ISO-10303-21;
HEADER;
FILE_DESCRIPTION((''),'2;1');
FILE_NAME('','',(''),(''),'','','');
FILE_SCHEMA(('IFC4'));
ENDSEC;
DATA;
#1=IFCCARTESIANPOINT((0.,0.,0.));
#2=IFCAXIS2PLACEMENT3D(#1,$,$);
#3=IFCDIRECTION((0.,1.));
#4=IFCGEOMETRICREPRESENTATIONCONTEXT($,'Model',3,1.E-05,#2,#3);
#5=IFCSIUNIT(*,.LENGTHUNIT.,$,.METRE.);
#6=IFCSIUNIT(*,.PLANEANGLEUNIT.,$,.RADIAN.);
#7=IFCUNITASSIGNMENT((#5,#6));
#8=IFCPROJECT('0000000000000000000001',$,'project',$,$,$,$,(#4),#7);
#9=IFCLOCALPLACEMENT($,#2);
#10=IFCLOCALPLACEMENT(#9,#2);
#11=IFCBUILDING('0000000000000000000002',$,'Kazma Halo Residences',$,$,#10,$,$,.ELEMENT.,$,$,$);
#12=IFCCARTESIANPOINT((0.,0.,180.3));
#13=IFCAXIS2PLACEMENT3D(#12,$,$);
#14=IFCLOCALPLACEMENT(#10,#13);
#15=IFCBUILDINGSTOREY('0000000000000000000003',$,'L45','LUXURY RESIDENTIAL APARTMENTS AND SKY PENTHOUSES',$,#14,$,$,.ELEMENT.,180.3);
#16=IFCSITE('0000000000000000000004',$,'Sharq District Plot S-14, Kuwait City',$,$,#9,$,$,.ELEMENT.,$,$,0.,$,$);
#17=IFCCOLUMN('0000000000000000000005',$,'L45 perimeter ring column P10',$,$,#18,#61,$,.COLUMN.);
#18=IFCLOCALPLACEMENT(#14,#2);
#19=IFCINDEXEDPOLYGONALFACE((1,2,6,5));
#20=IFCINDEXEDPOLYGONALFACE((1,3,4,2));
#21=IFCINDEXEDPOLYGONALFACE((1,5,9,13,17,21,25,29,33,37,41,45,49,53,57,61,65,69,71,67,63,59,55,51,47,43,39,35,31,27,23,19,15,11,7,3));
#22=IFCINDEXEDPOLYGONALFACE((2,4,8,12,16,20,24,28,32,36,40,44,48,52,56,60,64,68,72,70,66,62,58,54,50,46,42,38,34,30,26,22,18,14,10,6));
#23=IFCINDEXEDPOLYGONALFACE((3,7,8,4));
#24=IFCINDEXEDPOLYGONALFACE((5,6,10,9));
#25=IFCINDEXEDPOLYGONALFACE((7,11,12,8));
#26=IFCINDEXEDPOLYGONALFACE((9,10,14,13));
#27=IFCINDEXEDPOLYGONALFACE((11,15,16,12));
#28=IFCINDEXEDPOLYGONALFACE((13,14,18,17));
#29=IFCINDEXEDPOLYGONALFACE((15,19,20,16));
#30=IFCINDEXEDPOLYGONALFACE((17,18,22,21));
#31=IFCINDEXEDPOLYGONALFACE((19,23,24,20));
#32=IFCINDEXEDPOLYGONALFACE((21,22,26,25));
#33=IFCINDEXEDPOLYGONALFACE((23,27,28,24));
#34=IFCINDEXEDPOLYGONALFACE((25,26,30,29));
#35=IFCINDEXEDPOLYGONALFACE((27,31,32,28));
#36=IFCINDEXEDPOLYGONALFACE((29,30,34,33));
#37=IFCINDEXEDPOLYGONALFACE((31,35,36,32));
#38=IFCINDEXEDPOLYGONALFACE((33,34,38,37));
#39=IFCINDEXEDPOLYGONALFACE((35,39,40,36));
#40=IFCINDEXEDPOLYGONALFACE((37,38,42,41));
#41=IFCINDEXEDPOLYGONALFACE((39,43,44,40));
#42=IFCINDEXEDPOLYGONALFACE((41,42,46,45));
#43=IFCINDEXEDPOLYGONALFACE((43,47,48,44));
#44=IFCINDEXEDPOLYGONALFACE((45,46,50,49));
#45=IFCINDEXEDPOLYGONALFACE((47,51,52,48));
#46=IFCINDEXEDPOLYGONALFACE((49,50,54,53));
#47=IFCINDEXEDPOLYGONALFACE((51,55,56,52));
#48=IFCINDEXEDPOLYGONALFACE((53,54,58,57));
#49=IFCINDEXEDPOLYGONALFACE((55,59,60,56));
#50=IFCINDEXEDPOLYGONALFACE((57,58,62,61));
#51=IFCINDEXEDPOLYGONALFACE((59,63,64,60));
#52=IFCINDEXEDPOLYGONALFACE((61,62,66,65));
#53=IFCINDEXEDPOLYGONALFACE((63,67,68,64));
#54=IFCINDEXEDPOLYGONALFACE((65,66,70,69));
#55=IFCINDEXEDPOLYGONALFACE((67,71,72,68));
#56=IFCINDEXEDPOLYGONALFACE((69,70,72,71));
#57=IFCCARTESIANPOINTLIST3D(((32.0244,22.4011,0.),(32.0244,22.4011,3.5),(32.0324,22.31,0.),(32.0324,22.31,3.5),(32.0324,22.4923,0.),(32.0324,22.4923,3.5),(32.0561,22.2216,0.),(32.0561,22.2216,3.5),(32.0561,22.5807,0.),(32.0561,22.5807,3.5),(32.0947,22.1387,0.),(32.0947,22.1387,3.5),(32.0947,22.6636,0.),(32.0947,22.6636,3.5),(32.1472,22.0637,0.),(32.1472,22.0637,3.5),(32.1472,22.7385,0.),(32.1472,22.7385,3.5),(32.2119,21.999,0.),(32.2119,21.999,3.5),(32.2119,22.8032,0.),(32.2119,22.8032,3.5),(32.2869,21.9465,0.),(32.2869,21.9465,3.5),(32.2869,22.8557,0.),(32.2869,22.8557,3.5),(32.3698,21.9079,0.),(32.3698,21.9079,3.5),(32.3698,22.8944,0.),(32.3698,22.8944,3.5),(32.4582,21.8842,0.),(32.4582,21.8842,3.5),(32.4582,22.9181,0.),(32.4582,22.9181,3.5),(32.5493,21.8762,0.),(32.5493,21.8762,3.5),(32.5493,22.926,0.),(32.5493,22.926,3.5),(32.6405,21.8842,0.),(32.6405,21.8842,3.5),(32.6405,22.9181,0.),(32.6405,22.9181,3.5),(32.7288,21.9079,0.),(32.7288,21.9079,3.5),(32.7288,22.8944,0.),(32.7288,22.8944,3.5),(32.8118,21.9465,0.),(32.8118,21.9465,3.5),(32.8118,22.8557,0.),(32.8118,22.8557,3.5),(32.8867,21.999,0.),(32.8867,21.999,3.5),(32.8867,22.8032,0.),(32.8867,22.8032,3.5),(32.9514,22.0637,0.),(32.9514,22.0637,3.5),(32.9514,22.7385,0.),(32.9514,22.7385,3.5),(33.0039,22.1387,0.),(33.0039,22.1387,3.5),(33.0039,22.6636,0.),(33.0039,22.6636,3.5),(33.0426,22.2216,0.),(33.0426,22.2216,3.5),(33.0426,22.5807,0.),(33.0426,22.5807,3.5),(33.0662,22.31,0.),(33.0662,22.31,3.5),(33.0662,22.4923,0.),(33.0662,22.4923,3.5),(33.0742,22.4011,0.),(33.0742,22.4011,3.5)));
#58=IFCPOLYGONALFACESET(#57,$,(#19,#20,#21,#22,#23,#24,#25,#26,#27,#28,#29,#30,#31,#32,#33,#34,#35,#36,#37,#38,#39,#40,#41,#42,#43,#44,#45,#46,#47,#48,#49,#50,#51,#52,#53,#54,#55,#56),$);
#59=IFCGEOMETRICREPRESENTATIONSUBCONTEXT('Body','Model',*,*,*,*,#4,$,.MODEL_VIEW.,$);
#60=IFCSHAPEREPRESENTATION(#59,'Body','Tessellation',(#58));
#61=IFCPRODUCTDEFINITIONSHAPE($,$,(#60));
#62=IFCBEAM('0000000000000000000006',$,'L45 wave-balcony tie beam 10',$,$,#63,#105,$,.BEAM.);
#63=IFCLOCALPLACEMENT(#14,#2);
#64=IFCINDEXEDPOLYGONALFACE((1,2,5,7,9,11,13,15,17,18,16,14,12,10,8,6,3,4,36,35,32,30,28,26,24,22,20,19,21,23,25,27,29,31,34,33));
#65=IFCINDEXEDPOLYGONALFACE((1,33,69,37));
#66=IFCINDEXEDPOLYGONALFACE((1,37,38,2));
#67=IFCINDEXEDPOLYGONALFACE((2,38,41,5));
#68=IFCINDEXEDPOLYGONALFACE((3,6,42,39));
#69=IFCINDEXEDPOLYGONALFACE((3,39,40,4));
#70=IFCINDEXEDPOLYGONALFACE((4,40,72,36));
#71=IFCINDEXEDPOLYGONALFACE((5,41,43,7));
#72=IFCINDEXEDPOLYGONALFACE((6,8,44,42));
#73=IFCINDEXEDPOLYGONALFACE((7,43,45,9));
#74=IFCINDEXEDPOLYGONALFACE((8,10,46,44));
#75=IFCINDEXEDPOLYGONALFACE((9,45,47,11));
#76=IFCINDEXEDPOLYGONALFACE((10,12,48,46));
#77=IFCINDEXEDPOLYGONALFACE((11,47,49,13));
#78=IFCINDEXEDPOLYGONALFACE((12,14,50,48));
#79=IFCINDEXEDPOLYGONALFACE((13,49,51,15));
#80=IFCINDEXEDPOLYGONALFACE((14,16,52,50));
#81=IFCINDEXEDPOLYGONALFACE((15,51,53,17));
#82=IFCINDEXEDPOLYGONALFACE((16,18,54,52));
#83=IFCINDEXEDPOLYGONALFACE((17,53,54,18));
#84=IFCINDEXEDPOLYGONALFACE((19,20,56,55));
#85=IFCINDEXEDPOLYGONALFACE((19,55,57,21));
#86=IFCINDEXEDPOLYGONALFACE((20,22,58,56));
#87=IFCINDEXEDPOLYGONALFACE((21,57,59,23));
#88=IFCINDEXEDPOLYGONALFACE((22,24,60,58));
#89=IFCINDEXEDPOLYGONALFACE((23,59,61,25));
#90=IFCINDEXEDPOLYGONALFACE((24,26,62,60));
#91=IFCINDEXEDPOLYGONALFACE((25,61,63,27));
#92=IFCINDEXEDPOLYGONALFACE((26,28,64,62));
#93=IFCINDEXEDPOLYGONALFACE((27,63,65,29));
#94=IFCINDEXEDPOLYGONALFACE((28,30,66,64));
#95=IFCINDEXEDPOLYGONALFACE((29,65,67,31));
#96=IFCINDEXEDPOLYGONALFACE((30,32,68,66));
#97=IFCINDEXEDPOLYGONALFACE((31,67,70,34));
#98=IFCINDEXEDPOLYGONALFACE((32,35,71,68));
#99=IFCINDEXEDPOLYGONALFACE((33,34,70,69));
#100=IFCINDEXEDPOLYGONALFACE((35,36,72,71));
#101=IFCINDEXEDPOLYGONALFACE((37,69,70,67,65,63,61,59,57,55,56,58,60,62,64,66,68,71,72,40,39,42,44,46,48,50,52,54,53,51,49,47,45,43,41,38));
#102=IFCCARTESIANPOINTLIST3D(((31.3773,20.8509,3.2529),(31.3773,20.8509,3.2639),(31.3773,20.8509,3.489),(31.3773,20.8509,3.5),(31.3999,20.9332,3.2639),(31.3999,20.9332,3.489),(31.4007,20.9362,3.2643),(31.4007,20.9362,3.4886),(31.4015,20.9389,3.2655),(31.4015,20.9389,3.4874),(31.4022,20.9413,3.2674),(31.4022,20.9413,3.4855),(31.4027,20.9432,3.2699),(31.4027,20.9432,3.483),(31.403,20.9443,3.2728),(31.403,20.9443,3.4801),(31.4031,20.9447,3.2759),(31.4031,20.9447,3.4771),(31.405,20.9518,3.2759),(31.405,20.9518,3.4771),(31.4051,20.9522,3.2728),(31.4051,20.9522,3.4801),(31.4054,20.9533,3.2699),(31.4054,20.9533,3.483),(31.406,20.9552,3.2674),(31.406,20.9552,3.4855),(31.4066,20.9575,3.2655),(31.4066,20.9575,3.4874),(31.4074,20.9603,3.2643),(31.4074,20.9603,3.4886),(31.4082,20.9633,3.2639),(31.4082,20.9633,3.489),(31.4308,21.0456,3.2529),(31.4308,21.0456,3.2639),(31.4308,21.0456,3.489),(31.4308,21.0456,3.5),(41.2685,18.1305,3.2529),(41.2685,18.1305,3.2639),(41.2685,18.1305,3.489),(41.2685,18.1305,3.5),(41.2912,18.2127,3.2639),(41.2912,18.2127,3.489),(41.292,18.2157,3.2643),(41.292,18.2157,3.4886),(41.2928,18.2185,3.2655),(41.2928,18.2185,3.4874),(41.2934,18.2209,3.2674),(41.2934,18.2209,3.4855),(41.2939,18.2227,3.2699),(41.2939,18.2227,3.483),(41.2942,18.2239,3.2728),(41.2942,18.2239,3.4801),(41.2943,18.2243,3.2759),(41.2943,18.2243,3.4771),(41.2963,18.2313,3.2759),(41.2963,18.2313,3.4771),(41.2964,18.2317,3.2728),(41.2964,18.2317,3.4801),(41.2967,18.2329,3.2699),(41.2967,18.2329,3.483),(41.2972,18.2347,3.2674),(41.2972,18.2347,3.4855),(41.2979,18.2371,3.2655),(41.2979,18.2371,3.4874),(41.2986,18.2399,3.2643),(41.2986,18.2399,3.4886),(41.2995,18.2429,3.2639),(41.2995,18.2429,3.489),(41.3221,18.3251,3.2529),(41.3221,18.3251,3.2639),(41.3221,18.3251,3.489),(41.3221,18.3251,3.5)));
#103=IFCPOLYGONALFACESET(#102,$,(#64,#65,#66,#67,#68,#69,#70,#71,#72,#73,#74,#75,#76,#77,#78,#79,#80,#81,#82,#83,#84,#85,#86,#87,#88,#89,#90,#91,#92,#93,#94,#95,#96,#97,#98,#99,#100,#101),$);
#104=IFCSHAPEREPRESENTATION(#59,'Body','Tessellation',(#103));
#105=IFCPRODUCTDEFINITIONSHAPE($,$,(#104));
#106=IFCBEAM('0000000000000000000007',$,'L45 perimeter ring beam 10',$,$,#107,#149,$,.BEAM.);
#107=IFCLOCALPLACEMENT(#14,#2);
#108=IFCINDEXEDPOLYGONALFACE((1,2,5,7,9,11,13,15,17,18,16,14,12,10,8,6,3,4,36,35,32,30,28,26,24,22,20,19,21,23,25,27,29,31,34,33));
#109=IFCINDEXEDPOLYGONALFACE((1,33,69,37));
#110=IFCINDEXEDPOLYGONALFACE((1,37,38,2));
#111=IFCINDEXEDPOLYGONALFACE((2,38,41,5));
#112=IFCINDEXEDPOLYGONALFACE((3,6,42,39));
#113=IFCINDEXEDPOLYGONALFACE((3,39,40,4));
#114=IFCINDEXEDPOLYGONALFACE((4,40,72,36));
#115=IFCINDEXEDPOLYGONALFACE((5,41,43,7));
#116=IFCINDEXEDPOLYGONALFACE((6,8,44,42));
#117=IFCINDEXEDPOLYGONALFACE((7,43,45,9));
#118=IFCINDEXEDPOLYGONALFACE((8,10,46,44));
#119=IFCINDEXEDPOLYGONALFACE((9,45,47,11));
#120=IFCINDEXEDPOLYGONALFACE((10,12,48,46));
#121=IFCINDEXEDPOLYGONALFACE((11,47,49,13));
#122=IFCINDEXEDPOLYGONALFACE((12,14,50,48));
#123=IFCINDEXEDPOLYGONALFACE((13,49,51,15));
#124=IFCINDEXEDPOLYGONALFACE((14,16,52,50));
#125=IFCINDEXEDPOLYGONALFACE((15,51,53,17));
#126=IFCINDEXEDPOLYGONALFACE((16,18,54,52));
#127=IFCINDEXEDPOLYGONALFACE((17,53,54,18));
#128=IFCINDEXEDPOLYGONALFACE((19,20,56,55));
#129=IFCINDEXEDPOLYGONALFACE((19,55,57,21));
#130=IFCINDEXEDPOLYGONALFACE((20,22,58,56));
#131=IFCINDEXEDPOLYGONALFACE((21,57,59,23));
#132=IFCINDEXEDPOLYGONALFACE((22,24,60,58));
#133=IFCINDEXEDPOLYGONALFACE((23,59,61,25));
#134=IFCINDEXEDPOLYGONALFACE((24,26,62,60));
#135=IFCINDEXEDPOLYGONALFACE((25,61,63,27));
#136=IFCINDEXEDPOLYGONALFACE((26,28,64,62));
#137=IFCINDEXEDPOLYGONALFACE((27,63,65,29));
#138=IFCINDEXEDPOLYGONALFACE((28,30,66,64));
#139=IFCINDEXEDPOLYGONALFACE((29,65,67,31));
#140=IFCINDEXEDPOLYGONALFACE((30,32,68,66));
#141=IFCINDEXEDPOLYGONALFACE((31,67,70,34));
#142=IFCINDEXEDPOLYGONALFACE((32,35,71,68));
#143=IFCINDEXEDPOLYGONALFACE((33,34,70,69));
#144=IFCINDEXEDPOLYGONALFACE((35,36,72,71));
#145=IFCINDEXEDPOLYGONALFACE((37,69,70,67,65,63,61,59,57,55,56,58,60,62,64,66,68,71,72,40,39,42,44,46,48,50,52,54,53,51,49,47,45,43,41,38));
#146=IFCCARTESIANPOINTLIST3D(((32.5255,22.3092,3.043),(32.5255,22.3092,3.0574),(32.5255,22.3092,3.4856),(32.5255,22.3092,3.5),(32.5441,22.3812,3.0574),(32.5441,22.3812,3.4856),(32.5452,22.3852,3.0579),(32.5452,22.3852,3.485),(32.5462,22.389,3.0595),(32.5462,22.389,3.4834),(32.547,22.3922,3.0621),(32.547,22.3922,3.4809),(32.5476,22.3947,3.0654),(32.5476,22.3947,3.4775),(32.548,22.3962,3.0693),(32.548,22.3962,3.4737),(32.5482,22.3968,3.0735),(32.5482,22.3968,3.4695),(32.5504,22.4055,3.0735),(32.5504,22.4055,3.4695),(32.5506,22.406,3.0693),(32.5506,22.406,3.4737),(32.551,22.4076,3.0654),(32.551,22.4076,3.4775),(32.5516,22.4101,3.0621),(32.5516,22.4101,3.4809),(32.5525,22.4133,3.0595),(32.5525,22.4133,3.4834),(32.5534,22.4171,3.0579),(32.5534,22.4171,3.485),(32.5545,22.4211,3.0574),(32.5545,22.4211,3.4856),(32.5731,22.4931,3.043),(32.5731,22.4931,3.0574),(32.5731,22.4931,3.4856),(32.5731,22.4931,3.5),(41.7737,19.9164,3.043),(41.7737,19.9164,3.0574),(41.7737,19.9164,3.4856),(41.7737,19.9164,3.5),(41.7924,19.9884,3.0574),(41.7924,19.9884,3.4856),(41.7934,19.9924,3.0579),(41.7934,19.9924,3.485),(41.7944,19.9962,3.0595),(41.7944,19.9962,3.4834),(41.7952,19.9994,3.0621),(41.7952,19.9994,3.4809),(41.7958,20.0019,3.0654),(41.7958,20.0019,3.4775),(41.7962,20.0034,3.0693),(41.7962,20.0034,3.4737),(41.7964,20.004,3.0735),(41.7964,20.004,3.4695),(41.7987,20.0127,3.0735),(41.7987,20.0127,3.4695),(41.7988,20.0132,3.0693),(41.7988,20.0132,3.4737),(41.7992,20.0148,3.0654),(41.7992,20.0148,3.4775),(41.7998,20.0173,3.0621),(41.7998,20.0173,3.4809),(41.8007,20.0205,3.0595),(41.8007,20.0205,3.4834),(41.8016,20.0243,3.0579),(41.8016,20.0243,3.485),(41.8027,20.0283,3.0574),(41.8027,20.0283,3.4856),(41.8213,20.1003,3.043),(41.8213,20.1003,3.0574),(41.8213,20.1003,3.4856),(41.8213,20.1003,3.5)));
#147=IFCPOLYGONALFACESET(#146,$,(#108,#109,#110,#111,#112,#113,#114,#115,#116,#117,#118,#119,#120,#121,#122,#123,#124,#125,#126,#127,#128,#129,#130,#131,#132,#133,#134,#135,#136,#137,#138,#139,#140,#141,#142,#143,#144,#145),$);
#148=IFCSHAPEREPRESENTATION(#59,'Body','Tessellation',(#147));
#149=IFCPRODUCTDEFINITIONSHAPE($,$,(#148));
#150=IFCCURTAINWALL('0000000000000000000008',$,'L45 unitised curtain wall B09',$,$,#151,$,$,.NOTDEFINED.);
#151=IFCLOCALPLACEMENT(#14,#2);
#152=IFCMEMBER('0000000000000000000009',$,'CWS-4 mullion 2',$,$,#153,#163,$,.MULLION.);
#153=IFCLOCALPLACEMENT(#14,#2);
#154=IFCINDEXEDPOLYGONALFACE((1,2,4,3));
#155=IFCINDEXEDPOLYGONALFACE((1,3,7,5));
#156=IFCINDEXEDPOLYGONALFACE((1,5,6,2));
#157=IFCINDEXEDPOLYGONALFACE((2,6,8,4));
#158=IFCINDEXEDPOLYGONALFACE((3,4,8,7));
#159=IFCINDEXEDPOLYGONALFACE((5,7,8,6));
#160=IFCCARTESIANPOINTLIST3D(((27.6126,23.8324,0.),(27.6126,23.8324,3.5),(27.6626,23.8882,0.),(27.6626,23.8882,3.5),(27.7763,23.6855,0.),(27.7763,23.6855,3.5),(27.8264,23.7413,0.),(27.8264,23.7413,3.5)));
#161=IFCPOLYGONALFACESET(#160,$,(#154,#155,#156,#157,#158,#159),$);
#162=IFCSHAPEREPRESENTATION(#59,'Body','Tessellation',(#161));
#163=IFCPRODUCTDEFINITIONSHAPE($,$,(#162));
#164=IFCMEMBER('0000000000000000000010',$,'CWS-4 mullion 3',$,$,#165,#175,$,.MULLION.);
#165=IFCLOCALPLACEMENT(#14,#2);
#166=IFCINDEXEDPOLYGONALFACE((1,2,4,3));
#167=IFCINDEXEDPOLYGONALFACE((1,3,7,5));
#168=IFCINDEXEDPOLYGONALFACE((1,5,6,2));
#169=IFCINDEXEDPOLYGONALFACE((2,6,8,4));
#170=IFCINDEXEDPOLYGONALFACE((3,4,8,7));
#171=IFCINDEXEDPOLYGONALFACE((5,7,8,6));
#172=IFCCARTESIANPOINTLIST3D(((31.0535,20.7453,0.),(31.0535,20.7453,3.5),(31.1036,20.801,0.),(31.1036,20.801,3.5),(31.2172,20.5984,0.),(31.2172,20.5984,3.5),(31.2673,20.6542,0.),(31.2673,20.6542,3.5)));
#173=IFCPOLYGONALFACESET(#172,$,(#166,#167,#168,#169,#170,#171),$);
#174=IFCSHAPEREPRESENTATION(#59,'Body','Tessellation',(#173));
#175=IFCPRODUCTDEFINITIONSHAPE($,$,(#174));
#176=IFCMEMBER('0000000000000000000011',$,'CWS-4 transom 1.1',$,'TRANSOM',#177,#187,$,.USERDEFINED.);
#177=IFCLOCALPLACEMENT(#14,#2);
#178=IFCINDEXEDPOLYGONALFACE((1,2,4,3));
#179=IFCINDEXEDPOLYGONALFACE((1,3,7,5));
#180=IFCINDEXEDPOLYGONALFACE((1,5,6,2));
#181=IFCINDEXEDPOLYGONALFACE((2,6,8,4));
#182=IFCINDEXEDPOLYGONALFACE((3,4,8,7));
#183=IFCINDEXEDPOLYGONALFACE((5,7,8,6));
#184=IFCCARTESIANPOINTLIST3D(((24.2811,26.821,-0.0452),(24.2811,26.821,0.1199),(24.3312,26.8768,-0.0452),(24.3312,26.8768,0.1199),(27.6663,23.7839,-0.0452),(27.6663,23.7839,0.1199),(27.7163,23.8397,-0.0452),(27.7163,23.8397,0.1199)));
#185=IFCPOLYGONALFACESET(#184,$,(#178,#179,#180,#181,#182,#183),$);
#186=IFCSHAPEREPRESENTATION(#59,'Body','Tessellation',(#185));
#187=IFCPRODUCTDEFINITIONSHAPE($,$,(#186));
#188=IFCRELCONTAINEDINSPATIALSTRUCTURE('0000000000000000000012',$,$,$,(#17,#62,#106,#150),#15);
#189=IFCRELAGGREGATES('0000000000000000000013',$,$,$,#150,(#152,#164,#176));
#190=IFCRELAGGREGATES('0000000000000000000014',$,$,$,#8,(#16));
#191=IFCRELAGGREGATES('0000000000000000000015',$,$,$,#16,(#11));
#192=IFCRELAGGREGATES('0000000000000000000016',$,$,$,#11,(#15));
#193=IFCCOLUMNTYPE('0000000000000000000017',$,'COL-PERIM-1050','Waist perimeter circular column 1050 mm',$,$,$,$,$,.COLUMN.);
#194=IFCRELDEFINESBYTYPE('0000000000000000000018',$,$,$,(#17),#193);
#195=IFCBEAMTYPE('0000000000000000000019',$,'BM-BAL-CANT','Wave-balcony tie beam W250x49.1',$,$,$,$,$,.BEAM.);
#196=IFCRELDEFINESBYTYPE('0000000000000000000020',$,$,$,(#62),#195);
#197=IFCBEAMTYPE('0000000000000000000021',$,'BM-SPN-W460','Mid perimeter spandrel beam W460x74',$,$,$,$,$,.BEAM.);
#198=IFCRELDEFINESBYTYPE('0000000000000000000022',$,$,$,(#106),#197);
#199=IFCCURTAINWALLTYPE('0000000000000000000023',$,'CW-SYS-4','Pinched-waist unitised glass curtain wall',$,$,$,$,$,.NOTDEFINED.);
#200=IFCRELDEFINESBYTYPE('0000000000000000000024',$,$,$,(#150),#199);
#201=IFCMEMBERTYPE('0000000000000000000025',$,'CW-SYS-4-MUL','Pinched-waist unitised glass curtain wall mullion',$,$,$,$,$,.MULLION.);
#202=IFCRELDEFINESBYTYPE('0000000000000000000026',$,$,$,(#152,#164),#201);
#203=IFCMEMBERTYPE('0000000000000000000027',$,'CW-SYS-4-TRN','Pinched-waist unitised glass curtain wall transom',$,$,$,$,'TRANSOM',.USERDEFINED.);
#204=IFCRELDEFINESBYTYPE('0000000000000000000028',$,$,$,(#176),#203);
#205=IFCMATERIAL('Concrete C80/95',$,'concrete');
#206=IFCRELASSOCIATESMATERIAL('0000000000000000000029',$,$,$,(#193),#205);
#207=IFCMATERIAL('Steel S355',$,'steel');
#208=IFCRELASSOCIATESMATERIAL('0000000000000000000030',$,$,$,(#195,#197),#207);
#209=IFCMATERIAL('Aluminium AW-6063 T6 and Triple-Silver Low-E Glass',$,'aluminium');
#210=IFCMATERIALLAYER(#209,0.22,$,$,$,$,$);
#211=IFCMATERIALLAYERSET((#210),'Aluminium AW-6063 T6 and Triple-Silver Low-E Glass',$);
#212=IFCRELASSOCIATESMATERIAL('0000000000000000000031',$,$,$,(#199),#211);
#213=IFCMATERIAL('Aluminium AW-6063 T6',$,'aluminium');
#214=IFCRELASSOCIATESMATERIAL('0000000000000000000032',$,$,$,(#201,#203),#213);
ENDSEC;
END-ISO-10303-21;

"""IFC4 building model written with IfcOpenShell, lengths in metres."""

from ifc_helpers import new_model, si_unit, direction, frame, origin, origin_2d, place, context, subcontext, project, spatial, rectangle, circle, i_section, extrude, material, layer, layer_set, material_profile, profile_set, type_object, element, aggregate, save


model = new_model("IFC4")

# Units and contexts
model_context = context("Model", 3, precision=1e-05, world=origin(), true_north=direction((0.0, 1.0)))
body_context = subcontext(model_context, "Body", "Model", "MODEL_VIEW")
ifc_project = project(units=[si_unit("LENGTHUNIT", "METRE"), si_unit("PLANEANGLEUNIT", "RADIAN")], contexts=[model_context])

# Site, building, storey
site_placement = place(None, origin())
site = spatial("IfcSite", under=ifc_project, at=site_placement, Name="Sharq District Plot S-14, Kuwait City", CompositionType="ELEMENT", RefElevation=0.0)
building_placement = place(site_placement, origin())
building = spatial("IfcBuilding", under=site, at=building_placement, Name="Kazma Halo Residences", CompositionType="ELEMENT")
storey_placement = place(building_placement, frame((0.0, 0.0, 180.3)))
storey = spatial("IfcBuildingStorey", under=building, at=storey_placement, Name="L45", Description="LUXURY RESIDENTIAL APARTMENTS AND SKY PENTHOUSES", CompositionType="ELEMENT", Elevation=180.3)

# Column
ifc_material_1 = material(Name="Concrete C80/95", Category="concrete")
ifc_material_profile_1 = material_profile(ifc_material_1, circle(Radius=0.5249, at=origin_2d()), Name="CIRC1050")
ifc_profile_set_1 = profile_set([ifc_material_profile_1], Name="Concrete C80/95")
column_type = type_object("IfcColumnType", Name="COL-PERIM-1050", Description="Waist perimeter circular column 1050 mm", PredefinedType="COLUMN", material=ifc_profile_set_1)
column_placement = place(storey_placement, frame((32.5493, 22.4011, 0.0), z_axis=(0.0, 0.0, 1.0), x_axis=(1.0, 0.0, 0.0)))
element("IfcColumn", 1, at=column_placement, inside=storey, type_object=column_type, Name="L45 perimeter ring column P10", PredefinedType="COLUMN", context=body_context, shape_type="SweptSolid", body=[
    extrude(circle(Radius=0.5249, at=origin_2d()), origin(), (0.0, 0.0, 1.0), 3.5),
])

# Beams
ifc_material_2 = material(Name="Steel S355", Category="steel")
ifc_material_profile_2 = material_profile(ifc_material_2, i_section(OverallWidth=0.2019, OverallDepth=0.2471, WebThickness=0.0073, FlangeThickness=0.011, FilletRadius=0.012, at=origin_2d()), Name="W250x49.1")
ifc_profile_set_2 = profile_set([ifc_material_profile_2], Name="Steel S355")
beam_type_1 = type_object("IfcBeamType", Name="BM-BAL-CANT", Description="Wave-balcony tie beam W250x49.1", PredefinedType="BEAM", material=ifc_profile_set_2)
beam_1_placement = place(storey_placement, frame((31.4041, 20.9482, 3.3765), z_axis=(0.964197, -0.265187, 0.0), x_axis=(0.265187, 0.964197, 0.0)))
element("IfcBeam", 2, at=beam_1_placement, inside=storey, type_object=beam_type_1, Name="L45 wave-balcony tie beam 10", PredefinedType="BEAM", context=body_context, shape_type="SweptSolid", body=[
    extrude(i_section(OverallWidth=0.2019, OverallDepth=0.2471, WebThickness=0.0073, FlangeThickness=0.011, FilletRadius=0.012, at=origin_2d()), origin(), (0.0, 0.0, 1.0), 10.2585),
])
ifc_material_profile_3 = material_profile(ifc_material_2, i_section(OverallWidth=0.1899, OverallDepth=0.457, WebThickness=0.009, FlangeThickness=0.0144, FilletRadius=0.0161, at=origin_2d()), Name="W460x74")
ifc_profile_set_3 = profile_set([ifc_material_profile_3], Name="Steel S355")
beam_type_2 = type_object("IfcBeamType", Name="BM-SPN-W460", Description="Mid perimeter spandrel beam W460x74", PredefinedType="BEAM", material=ifc_profile_set_3)
beam_2_placement = place(storey_placement, frame((32.5493, 22.4011, 3.2715), z_axis=(0.968121, -0.250483, 0.0), x_axis=(0.250483, 0.968121, 0.0)))
element("IfcBeam", 3, at=beam_2_placement, inside=storey, type_object=beam_type_2, Name="L45 perimeter ring beam 10", PredefinedType="BEAM", context=body_context, shape_type="SweptSolid", body=[
    extrude(i_section(OverallWidth=0.1899, OverallDepth=0.457, WebThickness=0.009, FlangeThickness=0.0144, FilletRadius=0.0161, at=origin_2d()), origin(), (0.0, 0.0, 1.0), 9.5527),
])

# Curtain wall, members
ifc_material_3 = material(Name="Aluminium AW-6063 T6 and Triple-Silver Low-E Glass", Category="aluminium")
ifc_layer_1 = layer(ifc_material_3, 0.22)
ifc_layer_set_1 = layer_set([ifc_layer_1], Name="Aluminium AW-6063 T6 and Triple-Silver Low-E Glass")
curtain_wall_type = type_object("IfcCurtainWallType", Name="CW-SYS-4", Description="Pinched-waist unitised glass curtain wall", PredefinedType="NOTDEFINED", material=ifc_layer_set_1)
curtain_wall_placement = place(storey_placement, origin())
curtain_wall = element("IfcCurtainWall", 4, at=curtain_wall_placement, inside=storey, type_object=curtain_wall_type, Name="L45 unitised curtain wall B09", PredefinedType="NOTDEFINED")
ifc_material_4 = material(Name="Aluminium AW-6063 T6", Category="aluminium")
ifc_material_profile_4 = material_profile(ifc_material_4, rectangle(XDim=0.075, YDim=0.22, at=origin_2d()), Name="CWM-75x220")
ifc_profile_set_4 = profile_set([ifc_material_profile_4], Name="Aluminium AW-6063 T6")
member_type_1 = type_object("IfcMemberType", Name="CW-SYS-4-MUL", Description="Pinched-waist unitised glass curtain wall mullion", PredefinedType="MULLION", material=ifc_profile_set_4)
member_1_placement = place(storey_placement, frame((27.7195, 23.7869, 0.0), z_axis=(0.0, 0.0, 1.0), x_axis=(0.667784, 0.744355, 0.0)))
member_1 = element("IfcMember", 5, at=member_1_placement, type_object=member_type_1, Name="CWS-4 mullion 2", PredefinedType="MULLION", context=body_context, shape_type="SweptSolid", body=[
    extrude(rectangle(XDim=0.075, YDim=0.22, at=origin_2d()), origin(), (0.0, 0.0, 1.0), 3.5),
])
member_2_placement = place(storey_placement, frame((31.1604, 20.6997, 0.0), z_axis=(0.0, 0.0, 1.0), x_axis=(0.667784, 0.744355, 0.0)))
member_2 = element("IfcMember", 6, at=member_2_placement, type_object=member_type_1, Name="CWS-4 mullion 3", PredefinedType="MULLION", context=body_context, shape_type="SweptSolid", body=[
    extrude(rectangle(XDim=0.075, YDim=0.22, at=origin_2d()), origin(), (0.0, 0.0, 1.0), 3.5),
])
ifc_material_profile_5 = material_profile(ifc_material_4, rectangle(XDim=0.075, YDim=0.165, at=origin_2d()), Name="CWT-75x165")
ifc_profile_set_5 = profile_set([ifc_material_profile_5], Name="Aluminium AW-6063 T6")
member_type_2 = type_object("IfcMemberType", Name="CW-SYS-4-TRN", Description="Pinched-waist unitised glass curtain wall transom", ElementType="TRANSOM", PredefinedType="USERDEFINED", material=ifc_profile_set_5)
member_3_placement = place(storey_placement, frame((24.3062, 26.8489, 0.0374), z_axis=(0.744345, -0.667795, 0.0), x_axis=(0.667795, 0.744345, 0.0)))
member_3 = element("IfcMember", 7, at=member_3_placement, type_object=member_type_2, Name="CWS-4 transom 1.1", ObjectType="TRANSOM", PredefinedType="USERDEFINED", context=body_context, shape_type="SweptSolid", body=[
    extrude(rectangle(XDim=0.075, YDim=0.165, at=origin_2d()), origin(), (0.0, 0.0, 1.0), 4.5479),
])
aggregate(curtain_wall, [member_1, member_2, member_3])

save(model, "model.ifc")
